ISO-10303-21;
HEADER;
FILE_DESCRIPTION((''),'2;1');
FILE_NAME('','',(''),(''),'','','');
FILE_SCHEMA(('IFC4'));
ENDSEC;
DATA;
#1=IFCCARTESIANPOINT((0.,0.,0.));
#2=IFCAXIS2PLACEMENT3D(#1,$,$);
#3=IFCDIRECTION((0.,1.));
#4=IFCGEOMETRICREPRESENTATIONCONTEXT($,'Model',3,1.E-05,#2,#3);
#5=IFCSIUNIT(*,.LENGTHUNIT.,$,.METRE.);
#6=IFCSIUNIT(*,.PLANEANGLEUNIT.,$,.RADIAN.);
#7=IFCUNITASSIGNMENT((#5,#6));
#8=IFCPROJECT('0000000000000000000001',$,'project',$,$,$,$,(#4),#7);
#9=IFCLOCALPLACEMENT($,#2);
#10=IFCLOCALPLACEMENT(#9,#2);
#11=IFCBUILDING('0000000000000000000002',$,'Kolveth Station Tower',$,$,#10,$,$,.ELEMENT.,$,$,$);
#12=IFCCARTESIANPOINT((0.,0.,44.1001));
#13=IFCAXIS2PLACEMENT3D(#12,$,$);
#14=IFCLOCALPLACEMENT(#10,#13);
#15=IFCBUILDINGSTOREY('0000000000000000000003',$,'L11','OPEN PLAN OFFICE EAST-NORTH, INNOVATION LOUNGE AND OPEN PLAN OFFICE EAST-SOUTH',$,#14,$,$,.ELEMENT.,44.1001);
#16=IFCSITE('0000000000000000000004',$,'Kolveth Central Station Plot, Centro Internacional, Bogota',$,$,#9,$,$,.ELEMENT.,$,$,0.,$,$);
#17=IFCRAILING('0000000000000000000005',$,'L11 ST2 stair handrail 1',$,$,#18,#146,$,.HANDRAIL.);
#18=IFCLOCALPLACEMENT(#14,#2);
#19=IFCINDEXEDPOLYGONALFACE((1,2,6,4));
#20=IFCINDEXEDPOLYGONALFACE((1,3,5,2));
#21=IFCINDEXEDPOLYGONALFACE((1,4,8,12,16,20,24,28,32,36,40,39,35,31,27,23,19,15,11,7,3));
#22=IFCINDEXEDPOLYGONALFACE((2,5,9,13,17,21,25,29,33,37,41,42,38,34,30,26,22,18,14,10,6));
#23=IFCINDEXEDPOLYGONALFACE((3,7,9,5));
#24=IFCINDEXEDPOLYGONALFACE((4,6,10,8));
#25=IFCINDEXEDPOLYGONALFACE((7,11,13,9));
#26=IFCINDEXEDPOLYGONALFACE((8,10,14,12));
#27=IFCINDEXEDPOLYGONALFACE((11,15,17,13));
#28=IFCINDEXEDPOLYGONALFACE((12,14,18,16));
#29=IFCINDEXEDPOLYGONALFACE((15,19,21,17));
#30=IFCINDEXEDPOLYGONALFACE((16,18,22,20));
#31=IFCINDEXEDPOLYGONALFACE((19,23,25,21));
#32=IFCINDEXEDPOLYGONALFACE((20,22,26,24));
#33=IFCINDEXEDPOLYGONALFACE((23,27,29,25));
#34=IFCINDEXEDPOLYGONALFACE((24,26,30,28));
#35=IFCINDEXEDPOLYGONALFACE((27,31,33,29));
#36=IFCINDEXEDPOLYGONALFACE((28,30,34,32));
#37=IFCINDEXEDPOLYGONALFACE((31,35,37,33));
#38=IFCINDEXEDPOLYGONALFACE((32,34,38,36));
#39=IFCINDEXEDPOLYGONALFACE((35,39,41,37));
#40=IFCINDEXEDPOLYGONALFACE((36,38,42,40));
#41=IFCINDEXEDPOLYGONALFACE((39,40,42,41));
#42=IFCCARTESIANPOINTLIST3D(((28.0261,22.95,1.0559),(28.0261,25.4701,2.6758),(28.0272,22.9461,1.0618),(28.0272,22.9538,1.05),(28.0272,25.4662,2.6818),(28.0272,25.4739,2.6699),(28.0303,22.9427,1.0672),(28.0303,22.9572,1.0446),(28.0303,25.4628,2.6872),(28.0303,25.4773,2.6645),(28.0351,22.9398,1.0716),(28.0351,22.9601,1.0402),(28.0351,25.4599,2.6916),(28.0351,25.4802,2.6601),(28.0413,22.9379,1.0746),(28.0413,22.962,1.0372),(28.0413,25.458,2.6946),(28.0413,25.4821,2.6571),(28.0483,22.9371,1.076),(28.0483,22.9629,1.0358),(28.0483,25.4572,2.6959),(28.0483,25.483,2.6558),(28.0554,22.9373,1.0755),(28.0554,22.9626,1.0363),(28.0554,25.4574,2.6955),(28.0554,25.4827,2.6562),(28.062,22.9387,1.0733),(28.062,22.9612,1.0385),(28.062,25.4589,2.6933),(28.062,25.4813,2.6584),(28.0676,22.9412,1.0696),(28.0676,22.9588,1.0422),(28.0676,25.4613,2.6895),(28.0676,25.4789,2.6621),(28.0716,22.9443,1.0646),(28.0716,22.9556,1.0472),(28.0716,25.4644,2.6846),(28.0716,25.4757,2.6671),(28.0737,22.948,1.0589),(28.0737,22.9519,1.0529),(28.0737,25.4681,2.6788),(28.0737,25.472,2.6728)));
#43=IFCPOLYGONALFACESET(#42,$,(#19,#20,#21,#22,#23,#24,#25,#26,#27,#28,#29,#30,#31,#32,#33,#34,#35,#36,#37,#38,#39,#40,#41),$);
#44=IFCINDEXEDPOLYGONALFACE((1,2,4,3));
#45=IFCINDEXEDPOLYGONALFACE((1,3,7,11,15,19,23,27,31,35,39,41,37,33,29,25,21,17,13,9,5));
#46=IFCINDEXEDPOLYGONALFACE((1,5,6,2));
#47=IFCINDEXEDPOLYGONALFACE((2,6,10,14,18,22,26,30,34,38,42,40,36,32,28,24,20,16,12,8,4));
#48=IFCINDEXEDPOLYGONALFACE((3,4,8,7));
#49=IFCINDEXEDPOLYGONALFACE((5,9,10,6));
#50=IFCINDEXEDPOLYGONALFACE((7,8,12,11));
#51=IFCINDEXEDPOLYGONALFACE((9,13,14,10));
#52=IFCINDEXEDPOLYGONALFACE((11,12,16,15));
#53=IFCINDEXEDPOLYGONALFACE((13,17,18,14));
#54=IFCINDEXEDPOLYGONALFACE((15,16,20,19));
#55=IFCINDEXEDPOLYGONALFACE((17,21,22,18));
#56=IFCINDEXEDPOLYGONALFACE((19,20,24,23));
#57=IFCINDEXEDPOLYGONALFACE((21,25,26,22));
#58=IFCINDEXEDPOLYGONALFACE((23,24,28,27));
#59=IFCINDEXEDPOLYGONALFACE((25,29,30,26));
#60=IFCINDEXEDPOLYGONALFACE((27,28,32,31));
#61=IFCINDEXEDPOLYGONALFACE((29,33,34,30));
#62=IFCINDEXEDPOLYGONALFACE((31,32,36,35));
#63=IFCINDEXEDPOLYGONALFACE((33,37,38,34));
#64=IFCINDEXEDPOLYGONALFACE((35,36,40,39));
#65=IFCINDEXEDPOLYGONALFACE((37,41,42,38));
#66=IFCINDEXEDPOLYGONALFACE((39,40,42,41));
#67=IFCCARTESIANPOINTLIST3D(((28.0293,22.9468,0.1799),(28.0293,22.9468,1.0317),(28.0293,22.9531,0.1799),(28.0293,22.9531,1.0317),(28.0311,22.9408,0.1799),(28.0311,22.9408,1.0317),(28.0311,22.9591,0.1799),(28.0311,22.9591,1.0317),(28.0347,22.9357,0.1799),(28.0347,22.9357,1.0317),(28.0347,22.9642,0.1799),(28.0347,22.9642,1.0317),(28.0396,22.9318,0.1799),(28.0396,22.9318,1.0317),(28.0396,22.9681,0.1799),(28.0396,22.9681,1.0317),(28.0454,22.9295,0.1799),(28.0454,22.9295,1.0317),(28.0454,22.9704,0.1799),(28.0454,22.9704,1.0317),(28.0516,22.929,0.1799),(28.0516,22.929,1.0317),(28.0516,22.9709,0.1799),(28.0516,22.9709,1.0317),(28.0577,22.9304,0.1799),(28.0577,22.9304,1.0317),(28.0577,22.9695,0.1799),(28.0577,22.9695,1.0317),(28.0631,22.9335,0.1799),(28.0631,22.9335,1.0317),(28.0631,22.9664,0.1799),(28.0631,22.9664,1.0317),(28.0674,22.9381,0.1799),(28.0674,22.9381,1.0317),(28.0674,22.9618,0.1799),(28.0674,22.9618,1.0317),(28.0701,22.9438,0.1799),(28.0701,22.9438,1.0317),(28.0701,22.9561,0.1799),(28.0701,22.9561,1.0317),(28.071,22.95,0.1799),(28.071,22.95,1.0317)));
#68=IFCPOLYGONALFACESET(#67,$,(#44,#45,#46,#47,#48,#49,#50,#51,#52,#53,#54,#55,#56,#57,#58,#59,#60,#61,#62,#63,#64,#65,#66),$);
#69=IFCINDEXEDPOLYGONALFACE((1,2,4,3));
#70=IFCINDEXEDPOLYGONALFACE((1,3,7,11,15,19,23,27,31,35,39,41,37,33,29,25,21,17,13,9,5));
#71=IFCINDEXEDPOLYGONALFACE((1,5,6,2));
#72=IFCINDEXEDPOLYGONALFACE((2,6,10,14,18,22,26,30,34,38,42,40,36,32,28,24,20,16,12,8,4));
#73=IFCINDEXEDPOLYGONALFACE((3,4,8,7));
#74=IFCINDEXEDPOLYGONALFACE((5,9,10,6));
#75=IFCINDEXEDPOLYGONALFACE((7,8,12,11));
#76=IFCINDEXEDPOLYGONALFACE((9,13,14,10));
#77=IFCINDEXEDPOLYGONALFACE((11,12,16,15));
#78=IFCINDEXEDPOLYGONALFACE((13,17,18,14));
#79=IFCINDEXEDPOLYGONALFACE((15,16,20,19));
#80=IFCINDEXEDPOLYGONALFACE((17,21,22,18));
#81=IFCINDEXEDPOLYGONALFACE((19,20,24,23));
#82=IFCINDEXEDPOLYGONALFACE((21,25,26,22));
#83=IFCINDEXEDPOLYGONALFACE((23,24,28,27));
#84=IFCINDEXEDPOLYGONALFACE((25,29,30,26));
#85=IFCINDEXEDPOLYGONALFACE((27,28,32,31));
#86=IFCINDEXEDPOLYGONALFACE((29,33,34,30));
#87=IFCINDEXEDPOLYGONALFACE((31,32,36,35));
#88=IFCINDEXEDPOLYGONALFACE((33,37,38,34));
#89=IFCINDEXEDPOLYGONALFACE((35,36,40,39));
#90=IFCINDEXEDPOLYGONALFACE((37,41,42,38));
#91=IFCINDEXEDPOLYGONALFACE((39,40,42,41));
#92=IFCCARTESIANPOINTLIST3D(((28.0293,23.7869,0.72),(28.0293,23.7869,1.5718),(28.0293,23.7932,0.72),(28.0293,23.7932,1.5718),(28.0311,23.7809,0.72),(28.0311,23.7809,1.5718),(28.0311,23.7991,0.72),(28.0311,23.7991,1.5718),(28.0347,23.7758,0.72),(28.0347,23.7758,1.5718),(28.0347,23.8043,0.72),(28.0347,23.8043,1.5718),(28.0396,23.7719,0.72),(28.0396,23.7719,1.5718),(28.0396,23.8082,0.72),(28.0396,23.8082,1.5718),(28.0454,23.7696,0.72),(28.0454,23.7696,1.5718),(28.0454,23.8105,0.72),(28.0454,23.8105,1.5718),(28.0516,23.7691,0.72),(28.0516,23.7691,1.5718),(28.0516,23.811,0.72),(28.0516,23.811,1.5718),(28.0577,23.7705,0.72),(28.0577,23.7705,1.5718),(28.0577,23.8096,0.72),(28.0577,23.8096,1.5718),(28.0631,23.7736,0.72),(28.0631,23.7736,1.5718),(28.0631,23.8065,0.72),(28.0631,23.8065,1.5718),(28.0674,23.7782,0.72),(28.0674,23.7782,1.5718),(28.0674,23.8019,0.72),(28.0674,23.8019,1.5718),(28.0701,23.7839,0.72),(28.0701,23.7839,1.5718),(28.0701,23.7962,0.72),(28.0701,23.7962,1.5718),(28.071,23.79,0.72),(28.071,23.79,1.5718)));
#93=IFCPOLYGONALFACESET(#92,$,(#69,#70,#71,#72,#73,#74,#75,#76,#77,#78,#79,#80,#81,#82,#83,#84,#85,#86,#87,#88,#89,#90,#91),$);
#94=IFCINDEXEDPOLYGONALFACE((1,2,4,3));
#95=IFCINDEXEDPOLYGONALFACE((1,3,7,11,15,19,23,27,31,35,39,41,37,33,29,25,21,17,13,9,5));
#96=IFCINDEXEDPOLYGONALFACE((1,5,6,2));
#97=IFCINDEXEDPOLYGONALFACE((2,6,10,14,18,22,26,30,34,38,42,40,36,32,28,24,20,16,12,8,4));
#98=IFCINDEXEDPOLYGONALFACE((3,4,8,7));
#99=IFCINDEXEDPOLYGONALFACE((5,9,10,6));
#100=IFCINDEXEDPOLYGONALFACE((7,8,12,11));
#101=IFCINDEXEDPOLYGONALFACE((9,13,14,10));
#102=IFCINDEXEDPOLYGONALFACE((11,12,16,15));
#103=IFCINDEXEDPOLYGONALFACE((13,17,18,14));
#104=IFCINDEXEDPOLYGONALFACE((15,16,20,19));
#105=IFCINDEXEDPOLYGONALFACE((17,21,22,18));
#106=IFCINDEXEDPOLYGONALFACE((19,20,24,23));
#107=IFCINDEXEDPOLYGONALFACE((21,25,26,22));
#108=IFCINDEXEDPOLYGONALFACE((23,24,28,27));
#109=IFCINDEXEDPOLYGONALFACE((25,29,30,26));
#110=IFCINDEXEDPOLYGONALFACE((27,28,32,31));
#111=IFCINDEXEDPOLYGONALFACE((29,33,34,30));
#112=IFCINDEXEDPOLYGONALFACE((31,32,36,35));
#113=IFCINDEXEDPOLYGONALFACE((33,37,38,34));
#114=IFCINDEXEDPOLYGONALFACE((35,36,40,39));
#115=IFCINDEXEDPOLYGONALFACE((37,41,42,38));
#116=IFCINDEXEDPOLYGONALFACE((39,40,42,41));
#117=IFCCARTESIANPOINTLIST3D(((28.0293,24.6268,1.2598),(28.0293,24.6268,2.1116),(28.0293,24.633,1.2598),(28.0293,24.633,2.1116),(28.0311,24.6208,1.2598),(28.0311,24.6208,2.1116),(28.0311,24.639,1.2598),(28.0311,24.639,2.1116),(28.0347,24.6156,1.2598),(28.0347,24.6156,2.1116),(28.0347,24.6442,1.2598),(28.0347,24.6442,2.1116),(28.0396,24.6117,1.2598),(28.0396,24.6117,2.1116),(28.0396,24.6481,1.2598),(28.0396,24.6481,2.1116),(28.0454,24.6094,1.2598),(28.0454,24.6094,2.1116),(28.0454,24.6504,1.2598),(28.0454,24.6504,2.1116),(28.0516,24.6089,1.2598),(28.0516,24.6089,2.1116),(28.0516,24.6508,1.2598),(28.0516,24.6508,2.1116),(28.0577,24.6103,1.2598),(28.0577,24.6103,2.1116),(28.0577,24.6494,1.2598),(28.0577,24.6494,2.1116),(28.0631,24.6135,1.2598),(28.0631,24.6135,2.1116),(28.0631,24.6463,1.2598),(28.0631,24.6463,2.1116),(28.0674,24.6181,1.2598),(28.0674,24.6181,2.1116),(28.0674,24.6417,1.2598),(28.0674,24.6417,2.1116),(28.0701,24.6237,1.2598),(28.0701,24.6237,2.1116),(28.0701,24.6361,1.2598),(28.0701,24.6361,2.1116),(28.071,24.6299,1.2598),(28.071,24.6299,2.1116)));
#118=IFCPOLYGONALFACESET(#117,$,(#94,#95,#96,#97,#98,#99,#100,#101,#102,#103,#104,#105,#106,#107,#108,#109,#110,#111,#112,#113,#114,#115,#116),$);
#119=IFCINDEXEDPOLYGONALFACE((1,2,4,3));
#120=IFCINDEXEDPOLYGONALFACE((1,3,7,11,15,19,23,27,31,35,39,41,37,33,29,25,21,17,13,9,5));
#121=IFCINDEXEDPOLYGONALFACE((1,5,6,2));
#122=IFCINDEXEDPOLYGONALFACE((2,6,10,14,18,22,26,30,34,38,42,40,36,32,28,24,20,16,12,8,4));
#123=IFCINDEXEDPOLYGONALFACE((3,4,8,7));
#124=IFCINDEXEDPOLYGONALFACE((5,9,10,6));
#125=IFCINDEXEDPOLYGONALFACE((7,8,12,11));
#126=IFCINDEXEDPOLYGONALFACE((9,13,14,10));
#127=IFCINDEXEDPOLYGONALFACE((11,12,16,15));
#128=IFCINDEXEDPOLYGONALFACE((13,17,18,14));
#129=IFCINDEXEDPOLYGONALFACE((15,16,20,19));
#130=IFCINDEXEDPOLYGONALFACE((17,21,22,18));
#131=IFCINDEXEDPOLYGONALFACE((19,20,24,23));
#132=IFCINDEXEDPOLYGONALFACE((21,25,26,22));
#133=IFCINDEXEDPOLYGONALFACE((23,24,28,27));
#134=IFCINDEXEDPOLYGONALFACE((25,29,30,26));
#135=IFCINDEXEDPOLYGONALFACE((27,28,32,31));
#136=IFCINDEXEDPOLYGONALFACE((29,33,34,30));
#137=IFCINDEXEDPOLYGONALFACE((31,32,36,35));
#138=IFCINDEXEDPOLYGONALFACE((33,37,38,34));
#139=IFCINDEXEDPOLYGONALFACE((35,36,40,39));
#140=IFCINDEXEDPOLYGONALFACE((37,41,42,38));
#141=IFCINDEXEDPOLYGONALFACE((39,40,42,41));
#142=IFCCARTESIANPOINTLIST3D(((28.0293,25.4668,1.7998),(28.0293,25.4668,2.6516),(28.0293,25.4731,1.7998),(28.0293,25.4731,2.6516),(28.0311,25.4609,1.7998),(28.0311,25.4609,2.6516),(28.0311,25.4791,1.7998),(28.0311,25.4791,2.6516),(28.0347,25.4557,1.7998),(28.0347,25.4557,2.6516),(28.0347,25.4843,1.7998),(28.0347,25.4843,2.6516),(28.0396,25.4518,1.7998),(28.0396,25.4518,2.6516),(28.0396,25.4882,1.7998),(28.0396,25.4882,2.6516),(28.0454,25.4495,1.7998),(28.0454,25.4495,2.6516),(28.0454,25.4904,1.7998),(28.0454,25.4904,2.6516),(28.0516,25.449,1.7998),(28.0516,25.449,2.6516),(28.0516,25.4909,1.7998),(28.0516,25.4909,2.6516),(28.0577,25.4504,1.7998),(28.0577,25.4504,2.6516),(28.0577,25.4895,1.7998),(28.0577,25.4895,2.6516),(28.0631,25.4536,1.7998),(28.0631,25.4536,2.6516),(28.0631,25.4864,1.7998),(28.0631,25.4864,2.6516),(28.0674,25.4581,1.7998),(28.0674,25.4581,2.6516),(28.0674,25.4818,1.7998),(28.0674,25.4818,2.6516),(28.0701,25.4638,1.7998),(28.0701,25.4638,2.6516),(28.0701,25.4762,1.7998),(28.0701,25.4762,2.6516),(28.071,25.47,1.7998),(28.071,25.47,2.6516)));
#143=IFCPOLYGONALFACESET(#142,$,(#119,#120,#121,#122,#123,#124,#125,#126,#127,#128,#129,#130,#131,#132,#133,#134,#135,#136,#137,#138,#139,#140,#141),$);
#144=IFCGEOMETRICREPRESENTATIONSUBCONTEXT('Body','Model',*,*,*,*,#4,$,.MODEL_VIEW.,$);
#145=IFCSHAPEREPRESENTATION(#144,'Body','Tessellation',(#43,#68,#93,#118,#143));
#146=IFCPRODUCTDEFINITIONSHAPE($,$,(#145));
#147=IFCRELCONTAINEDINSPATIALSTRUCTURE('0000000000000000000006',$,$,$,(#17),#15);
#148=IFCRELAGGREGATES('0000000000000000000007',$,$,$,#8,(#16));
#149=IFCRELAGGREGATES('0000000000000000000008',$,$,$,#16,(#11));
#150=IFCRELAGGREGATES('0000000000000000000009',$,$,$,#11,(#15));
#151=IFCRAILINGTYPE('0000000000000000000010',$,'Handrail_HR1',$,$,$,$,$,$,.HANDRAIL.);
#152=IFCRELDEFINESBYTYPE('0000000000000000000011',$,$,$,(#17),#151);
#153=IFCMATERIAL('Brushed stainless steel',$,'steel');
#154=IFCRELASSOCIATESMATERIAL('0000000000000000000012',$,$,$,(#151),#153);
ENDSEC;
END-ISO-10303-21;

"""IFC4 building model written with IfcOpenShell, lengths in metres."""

from ifc_helpers import new_model, si_unit, direction, frame, origin, origin_2d, place, context, subcontext, project, spatial, circle, extrude, material, type_object, element, save


model = new_model("IFC4")

# Units and contexts
model_context = context("Model", 3, precision=1e-05, world=origin(), true_north=direction((0.0, 1.0)))
body_context = subcontext(model_context, "Body", "Model", "MODEL_VIEW")
ifc_project = project(units=[si_unit("LENGTHUNIT", "METRE"), si_unit("PLANEANGLEUNIT", "RADIAN")], contexts=[model_context])

# Site, building, storey
site_placement = place(None, origin())
site = spatial("IfcSite", under=ifc_project, at=site_placement, Name="Kolveth Central Station Plot, Centro Internacional, Bogota", CompositionType="ELEMENT", RefElevation=0.0)
building_placement = place(site_placement, origin())
building = spatial("IfcBuilding", under=site, at=building_placement, Name="Kolveth Station Tower", CompositionType="ELEMENT")
storey_placement = place(building_placement, frame((0.0, 0.0, 44.1001)))
storey = spatial("IfcBuildingStorey", under=building, at=storey_placement, Name="L11", Description="OPEN PLAN OFFICE EAST-NORTH, INNOVATION LOUNGE AND OPEN PLAN OFFICE EAST-SOUTH", CompositionType="ELEMENT", Elevation=44.1001)

# Railing
ifc_material_1 = material(Name="Brushed stainless steel", Category="steel")
railing_type_1 = type_object("IfcRailingType", Name="Handrail_HR1", PredefinedType="HANDRAIL", material=ifc_material_1)
railing_1_placement = place(storey_placement, frame((28.05, 22.95, 0.1799)))
element("IfcRailing", 1, at=railing_1_placement, inside=storey, type_object=railing_type_1, Name="L11 ST2 stair handrail 1", PredefinedType="HANDRAIL", context=body_context, shape_type="SweptSolid", body=[
    extrude(circle(Radius=0.0239, at=origin_2d()), frame((0.0, 0.0, 0.876), z_axis=(0.0, 0.8412, 0.540725), x_axis=(-1.0, 0.0, 0.0)), (0.0, 0.0, 1.0), 2.9958),
    extrude(circle(Radius=0.021, at=origin_2d()), origin(), (0.0, 0.0, 1.0), 0.8518),
    extrude(circle(Radius=0.021, at=origin_2d()), frame((0.0, 0.8401, 0.54)), (0.0, 0.0, 1.0), 0.8518),
    extrude(circle(Radius=0.021, at=origin_2d()), frame((0.0, 1.6799, 1.0798)), (0.0, 0.0, 1.0), 0.8518),
    extrude(circle(Radius=0.021, at=origin_2d()), frame((0.0, 2.52, 1.6199)), (0.0, 0.0, 1.0), 0.8518),
])

save(model, "model.ifc")
